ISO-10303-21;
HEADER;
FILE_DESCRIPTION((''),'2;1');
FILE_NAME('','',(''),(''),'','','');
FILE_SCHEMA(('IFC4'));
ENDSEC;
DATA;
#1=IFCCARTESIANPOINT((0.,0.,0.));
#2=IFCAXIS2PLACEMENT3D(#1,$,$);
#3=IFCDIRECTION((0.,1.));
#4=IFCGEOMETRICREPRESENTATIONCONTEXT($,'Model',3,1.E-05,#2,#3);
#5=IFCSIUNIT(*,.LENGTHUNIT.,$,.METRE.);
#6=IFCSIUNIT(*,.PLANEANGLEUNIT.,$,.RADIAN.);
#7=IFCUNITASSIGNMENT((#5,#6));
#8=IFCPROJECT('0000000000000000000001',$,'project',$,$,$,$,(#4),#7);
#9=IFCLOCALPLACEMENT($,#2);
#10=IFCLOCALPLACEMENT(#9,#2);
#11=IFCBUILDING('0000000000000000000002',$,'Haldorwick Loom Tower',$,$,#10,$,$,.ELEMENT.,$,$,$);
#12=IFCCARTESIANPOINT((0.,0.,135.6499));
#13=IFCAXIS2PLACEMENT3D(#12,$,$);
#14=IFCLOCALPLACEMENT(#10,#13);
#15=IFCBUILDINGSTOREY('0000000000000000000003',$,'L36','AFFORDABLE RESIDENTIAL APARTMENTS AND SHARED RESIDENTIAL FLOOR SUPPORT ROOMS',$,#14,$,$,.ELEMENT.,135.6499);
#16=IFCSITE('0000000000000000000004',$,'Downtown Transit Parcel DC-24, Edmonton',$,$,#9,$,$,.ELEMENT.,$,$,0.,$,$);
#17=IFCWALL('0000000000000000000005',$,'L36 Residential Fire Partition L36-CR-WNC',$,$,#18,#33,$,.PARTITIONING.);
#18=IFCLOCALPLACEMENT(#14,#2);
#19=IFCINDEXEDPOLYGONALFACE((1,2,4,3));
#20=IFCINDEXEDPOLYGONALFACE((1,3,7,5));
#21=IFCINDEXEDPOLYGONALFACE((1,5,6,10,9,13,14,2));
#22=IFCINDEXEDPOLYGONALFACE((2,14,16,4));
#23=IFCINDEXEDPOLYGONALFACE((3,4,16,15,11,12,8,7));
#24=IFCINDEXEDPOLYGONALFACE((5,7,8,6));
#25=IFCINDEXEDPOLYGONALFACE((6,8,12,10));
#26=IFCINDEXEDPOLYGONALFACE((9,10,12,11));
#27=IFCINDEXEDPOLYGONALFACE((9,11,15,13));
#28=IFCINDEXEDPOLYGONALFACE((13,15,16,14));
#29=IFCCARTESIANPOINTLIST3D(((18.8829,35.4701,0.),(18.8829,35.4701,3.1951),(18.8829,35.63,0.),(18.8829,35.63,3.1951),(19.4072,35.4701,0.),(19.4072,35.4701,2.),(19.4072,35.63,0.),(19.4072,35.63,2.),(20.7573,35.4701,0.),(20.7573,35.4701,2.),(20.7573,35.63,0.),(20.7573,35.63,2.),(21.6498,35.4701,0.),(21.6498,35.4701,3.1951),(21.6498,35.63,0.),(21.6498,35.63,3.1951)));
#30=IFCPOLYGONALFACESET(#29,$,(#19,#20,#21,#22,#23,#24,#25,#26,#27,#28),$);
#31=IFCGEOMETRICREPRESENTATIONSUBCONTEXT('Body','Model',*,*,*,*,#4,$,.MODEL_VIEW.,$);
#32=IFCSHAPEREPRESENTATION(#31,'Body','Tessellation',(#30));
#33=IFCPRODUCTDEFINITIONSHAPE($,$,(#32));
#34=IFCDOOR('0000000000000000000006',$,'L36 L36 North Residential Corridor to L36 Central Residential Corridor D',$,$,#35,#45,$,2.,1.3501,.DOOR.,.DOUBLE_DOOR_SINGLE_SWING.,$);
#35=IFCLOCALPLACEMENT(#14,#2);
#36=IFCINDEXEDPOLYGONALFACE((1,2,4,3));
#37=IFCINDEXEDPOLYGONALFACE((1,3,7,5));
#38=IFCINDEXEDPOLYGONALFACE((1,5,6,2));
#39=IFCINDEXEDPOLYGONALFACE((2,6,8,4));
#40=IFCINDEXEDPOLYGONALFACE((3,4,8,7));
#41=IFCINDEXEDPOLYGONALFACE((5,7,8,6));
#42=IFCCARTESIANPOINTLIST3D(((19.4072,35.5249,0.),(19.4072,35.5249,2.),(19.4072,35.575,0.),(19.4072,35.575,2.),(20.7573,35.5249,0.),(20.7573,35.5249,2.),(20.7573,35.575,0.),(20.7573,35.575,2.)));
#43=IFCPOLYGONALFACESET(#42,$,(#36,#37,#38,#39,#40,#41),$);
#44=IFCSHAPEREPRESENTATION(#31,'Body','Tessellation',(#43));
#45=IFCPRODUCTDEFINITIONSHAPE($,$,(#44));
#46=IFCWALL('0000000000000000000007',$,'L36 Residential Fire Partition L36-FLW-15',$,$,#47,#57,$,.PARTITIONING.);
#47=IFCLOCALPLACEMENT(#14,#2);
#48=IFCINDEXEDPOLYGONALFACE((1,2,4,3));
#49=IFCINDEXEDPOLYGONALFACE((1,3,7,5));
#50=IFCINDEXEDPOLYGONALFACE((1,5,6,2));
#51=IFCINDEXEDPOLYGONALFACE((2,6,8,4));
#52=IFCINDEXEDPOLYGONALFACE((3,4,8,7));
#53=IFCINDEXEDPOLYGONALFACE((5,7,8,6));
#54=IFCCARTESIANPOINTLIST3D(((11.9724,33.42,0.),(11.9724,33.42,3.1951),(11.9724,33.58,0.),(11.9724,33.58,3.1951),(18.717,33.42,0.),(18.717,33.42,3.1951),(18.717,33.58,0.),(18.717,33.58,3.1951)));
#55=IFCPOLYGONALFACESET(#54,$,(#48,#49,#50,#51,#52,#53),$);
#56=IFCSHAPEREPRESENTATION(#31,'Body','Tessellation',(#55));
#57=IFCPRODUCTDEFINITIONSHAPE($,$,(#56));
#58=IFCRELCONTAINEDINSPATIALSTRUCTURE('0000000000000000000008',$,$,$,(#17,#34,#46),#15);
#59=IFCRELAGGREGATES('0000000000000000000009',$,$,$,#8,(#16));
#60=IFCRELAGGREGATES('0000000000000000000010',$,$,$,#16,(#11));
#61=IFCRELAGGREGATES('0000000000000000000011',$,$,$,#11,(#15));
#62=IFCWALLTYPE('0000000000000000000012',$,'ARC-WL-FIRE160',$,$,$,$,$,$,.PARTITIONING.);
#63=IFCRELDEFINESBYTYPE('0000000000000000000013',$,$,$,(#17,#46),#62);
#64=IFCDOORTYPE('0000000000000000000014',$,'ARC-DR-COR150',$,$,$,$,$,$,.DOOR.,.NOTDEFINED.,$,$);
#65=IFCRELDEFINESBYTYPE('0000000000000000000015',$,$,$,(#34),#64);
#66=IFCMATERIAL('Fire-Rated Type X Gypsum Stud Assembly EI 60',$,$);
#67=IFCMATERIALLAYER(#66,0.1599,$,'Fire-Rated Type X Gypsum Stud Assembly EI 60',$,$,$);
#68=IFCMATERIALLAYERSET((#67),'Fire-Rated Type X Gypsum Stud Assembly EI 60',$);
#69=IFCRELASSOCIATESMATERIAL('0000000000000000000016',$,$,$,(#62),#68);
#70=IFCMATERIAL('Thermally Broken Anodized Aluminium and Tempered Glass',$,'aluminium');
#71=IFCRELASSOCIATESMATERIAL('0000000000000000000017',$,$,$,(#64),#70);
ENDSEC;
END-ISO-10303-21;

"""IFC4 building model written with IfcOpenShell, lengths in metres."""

from ifc_helpers import new_model, si_unit, direction, frame, frame_2d, origin, place, context, subcontext, project, spatial, rectangle, extrude, material, layer, layer_set, type_object, element, fill, save


model = new_model("IFC4")

# Units and contexts
model_context = context("Model", 3, precision=1e-05, world=origin(), true_north=direction((0.0, 1.0)))
body_context = subcontext(model_context, "Body", "Model", "MODEL_VIEW")
ifc_project = project(units=[si_unit("LENGTHUNIT", "METRE"), si_unit("PLANEANGLEUNIT", "RADIAN")], contexts=[model_context])

# Site, building, storey
site_placement = place(None, origin())
site = spatial("IfcSite", under=ifc_project, at=site_placement, Name="Downtown Transit Parcel DC-24, Edmonton", CompositionType="ELEMENT", RefElevation=0.0)
building_placement = place(site_placement, origin())
building = spatial("IfcBuilding", under=site, at=building_placement, Name="Haldorwick Loom Tower", CompositionType="ELEMENT")
storey_placement = place(building_placement, frame((0.0, 0.0, 135.6499)))
storey = spatial("IfcBuildingStorey", under=building, at=storey_placement, Name="L36", Description="AFFORDABLE RESIDENTIAL APARTMENTS AND SHARED RESIDENTIAL FLOOR SUPPORT ROOMS", CompositionType="ELEMENT", Elevation=135.6499)

# Shared definitions
ifc_material_1 = material(Name="Fire-Rated Type X Gypsum Stud Assembly EI 60")
ifc_layer_1 = layer(ifc_material_1, 0.1599, Name="Fire-Rated Type X Gypsum Stud Assembly EI 60")
ifc_layer_set_1 = layer_set([ifc_layer_1], Name="Fire-Rated Type X Gypsum Stud Assembly EI 60")
wall_type_1 = type_object("IfcWallType", Name="ARC-WL-FIRE160", PredefinedType="PARTITIONING", material=ifc_layer_set_1)

# Wall, opening, door
wall_1_placement = place(storey_placement, frame((18.8831, 35.55, 0.0), z_axis=(0.0, 0.0, 1.0), x_axis=(1.0, 0.0, 0.0)))
wall_1 = element("IfcWall", 1, at=wall_1_placement, inside=storey, type_object=wall_type_1, Name="L36 Residential Fire Partition L36-CR-WNC", PredefinedType="PARTITIONING", context=body_context, shape_type="SweptSolid", body=[
    extrude(rectangle(XDim=2.7668, YDim=0.1599, at=frame_2d((1.3833, 0.0))), origin(), (0.0, 0.0, 1.0), 3.1951),
])
opening_1_placement = place(wall_1_placement, frame((0.5242, 0.0, 0.0)))
opening_1 = element("IfcOpeningElement", 2, at=opening_1_placement, cuts=wall_1, PredefinedType="OPENING", context=body_context, shape_type="SweptSolid", body=[
    extrude(rectangle(XDim=1.3501, YDim=2.0, at=frame_2d((0.675, 1.0))), frame((0.0, 0.0898, 0.0), z_axis=(0.0, -1.0, 0.0), x_axis=(1.0, 0.0, 0.0)), (0.0, 0.0, 1.0), 0.1799),
])
ifc_material_2 = material(Name="Thermally Broken Anodized Aluminium and Tempered Glass", Category="aluminium")
door_type_1 = type_object("IfcDoorType", Name="ARC-DR-COR150", OperationType="NOTDEFINED", PredefinedType="DOOR", material=ifc_material_2)
door_1_placement = place(opening_1_placement, origin())
door_1 = element("IfcDoor", 3, at=door_1_placement, inside=storey, type_object=door_type_1, Name="L36 L36 North Residential Corridor to L36 Central Residential Corridor D", OperationType="DOUBLE_DOOR_SINGLE_SWING", OverallHeight=2.0, OverallWidth=1.3501, PredefinedType="DOOR", context=body_context, shape_type="SweptSolid", body=[
    extrude(rectangle(XDim=1.3501, YDim=2.0, at=frame_2d((0.675, 1.0))), frame((0.0, 0.0249, 0.0), z_axis=(0.0, -1.0, 0.0), x_axis=(1.0, 0.0, 0.0)), (0.0, 0.0, 1.0), 0.05),
])
fill(opening_1, door_1)

# Wall
wall_2_placement = place(storey_placement, frame((11.9724, 33.5, 0.0), z_axis=(0.0, 0.0, 1.0), x_axis=(1.0, 0.0, 0.0)))
element("IfcWall", 4, at=wall_2_placement, inside=storey, type_object=wall_type_1, Name="L36 Residential Fire Partition L36-FLW-15", PredefinedType="PARTITIONING", context=body_context, shape_type="SweptSolid", body=[
    extrude(rectangle(XDim=6.7446, YDim=0.1599, at=frame_2d((3.3723, 0.0))), origin(), (0.0, 0.0, 1.0), 3.1951),
])

save(model, "model.ifc")
